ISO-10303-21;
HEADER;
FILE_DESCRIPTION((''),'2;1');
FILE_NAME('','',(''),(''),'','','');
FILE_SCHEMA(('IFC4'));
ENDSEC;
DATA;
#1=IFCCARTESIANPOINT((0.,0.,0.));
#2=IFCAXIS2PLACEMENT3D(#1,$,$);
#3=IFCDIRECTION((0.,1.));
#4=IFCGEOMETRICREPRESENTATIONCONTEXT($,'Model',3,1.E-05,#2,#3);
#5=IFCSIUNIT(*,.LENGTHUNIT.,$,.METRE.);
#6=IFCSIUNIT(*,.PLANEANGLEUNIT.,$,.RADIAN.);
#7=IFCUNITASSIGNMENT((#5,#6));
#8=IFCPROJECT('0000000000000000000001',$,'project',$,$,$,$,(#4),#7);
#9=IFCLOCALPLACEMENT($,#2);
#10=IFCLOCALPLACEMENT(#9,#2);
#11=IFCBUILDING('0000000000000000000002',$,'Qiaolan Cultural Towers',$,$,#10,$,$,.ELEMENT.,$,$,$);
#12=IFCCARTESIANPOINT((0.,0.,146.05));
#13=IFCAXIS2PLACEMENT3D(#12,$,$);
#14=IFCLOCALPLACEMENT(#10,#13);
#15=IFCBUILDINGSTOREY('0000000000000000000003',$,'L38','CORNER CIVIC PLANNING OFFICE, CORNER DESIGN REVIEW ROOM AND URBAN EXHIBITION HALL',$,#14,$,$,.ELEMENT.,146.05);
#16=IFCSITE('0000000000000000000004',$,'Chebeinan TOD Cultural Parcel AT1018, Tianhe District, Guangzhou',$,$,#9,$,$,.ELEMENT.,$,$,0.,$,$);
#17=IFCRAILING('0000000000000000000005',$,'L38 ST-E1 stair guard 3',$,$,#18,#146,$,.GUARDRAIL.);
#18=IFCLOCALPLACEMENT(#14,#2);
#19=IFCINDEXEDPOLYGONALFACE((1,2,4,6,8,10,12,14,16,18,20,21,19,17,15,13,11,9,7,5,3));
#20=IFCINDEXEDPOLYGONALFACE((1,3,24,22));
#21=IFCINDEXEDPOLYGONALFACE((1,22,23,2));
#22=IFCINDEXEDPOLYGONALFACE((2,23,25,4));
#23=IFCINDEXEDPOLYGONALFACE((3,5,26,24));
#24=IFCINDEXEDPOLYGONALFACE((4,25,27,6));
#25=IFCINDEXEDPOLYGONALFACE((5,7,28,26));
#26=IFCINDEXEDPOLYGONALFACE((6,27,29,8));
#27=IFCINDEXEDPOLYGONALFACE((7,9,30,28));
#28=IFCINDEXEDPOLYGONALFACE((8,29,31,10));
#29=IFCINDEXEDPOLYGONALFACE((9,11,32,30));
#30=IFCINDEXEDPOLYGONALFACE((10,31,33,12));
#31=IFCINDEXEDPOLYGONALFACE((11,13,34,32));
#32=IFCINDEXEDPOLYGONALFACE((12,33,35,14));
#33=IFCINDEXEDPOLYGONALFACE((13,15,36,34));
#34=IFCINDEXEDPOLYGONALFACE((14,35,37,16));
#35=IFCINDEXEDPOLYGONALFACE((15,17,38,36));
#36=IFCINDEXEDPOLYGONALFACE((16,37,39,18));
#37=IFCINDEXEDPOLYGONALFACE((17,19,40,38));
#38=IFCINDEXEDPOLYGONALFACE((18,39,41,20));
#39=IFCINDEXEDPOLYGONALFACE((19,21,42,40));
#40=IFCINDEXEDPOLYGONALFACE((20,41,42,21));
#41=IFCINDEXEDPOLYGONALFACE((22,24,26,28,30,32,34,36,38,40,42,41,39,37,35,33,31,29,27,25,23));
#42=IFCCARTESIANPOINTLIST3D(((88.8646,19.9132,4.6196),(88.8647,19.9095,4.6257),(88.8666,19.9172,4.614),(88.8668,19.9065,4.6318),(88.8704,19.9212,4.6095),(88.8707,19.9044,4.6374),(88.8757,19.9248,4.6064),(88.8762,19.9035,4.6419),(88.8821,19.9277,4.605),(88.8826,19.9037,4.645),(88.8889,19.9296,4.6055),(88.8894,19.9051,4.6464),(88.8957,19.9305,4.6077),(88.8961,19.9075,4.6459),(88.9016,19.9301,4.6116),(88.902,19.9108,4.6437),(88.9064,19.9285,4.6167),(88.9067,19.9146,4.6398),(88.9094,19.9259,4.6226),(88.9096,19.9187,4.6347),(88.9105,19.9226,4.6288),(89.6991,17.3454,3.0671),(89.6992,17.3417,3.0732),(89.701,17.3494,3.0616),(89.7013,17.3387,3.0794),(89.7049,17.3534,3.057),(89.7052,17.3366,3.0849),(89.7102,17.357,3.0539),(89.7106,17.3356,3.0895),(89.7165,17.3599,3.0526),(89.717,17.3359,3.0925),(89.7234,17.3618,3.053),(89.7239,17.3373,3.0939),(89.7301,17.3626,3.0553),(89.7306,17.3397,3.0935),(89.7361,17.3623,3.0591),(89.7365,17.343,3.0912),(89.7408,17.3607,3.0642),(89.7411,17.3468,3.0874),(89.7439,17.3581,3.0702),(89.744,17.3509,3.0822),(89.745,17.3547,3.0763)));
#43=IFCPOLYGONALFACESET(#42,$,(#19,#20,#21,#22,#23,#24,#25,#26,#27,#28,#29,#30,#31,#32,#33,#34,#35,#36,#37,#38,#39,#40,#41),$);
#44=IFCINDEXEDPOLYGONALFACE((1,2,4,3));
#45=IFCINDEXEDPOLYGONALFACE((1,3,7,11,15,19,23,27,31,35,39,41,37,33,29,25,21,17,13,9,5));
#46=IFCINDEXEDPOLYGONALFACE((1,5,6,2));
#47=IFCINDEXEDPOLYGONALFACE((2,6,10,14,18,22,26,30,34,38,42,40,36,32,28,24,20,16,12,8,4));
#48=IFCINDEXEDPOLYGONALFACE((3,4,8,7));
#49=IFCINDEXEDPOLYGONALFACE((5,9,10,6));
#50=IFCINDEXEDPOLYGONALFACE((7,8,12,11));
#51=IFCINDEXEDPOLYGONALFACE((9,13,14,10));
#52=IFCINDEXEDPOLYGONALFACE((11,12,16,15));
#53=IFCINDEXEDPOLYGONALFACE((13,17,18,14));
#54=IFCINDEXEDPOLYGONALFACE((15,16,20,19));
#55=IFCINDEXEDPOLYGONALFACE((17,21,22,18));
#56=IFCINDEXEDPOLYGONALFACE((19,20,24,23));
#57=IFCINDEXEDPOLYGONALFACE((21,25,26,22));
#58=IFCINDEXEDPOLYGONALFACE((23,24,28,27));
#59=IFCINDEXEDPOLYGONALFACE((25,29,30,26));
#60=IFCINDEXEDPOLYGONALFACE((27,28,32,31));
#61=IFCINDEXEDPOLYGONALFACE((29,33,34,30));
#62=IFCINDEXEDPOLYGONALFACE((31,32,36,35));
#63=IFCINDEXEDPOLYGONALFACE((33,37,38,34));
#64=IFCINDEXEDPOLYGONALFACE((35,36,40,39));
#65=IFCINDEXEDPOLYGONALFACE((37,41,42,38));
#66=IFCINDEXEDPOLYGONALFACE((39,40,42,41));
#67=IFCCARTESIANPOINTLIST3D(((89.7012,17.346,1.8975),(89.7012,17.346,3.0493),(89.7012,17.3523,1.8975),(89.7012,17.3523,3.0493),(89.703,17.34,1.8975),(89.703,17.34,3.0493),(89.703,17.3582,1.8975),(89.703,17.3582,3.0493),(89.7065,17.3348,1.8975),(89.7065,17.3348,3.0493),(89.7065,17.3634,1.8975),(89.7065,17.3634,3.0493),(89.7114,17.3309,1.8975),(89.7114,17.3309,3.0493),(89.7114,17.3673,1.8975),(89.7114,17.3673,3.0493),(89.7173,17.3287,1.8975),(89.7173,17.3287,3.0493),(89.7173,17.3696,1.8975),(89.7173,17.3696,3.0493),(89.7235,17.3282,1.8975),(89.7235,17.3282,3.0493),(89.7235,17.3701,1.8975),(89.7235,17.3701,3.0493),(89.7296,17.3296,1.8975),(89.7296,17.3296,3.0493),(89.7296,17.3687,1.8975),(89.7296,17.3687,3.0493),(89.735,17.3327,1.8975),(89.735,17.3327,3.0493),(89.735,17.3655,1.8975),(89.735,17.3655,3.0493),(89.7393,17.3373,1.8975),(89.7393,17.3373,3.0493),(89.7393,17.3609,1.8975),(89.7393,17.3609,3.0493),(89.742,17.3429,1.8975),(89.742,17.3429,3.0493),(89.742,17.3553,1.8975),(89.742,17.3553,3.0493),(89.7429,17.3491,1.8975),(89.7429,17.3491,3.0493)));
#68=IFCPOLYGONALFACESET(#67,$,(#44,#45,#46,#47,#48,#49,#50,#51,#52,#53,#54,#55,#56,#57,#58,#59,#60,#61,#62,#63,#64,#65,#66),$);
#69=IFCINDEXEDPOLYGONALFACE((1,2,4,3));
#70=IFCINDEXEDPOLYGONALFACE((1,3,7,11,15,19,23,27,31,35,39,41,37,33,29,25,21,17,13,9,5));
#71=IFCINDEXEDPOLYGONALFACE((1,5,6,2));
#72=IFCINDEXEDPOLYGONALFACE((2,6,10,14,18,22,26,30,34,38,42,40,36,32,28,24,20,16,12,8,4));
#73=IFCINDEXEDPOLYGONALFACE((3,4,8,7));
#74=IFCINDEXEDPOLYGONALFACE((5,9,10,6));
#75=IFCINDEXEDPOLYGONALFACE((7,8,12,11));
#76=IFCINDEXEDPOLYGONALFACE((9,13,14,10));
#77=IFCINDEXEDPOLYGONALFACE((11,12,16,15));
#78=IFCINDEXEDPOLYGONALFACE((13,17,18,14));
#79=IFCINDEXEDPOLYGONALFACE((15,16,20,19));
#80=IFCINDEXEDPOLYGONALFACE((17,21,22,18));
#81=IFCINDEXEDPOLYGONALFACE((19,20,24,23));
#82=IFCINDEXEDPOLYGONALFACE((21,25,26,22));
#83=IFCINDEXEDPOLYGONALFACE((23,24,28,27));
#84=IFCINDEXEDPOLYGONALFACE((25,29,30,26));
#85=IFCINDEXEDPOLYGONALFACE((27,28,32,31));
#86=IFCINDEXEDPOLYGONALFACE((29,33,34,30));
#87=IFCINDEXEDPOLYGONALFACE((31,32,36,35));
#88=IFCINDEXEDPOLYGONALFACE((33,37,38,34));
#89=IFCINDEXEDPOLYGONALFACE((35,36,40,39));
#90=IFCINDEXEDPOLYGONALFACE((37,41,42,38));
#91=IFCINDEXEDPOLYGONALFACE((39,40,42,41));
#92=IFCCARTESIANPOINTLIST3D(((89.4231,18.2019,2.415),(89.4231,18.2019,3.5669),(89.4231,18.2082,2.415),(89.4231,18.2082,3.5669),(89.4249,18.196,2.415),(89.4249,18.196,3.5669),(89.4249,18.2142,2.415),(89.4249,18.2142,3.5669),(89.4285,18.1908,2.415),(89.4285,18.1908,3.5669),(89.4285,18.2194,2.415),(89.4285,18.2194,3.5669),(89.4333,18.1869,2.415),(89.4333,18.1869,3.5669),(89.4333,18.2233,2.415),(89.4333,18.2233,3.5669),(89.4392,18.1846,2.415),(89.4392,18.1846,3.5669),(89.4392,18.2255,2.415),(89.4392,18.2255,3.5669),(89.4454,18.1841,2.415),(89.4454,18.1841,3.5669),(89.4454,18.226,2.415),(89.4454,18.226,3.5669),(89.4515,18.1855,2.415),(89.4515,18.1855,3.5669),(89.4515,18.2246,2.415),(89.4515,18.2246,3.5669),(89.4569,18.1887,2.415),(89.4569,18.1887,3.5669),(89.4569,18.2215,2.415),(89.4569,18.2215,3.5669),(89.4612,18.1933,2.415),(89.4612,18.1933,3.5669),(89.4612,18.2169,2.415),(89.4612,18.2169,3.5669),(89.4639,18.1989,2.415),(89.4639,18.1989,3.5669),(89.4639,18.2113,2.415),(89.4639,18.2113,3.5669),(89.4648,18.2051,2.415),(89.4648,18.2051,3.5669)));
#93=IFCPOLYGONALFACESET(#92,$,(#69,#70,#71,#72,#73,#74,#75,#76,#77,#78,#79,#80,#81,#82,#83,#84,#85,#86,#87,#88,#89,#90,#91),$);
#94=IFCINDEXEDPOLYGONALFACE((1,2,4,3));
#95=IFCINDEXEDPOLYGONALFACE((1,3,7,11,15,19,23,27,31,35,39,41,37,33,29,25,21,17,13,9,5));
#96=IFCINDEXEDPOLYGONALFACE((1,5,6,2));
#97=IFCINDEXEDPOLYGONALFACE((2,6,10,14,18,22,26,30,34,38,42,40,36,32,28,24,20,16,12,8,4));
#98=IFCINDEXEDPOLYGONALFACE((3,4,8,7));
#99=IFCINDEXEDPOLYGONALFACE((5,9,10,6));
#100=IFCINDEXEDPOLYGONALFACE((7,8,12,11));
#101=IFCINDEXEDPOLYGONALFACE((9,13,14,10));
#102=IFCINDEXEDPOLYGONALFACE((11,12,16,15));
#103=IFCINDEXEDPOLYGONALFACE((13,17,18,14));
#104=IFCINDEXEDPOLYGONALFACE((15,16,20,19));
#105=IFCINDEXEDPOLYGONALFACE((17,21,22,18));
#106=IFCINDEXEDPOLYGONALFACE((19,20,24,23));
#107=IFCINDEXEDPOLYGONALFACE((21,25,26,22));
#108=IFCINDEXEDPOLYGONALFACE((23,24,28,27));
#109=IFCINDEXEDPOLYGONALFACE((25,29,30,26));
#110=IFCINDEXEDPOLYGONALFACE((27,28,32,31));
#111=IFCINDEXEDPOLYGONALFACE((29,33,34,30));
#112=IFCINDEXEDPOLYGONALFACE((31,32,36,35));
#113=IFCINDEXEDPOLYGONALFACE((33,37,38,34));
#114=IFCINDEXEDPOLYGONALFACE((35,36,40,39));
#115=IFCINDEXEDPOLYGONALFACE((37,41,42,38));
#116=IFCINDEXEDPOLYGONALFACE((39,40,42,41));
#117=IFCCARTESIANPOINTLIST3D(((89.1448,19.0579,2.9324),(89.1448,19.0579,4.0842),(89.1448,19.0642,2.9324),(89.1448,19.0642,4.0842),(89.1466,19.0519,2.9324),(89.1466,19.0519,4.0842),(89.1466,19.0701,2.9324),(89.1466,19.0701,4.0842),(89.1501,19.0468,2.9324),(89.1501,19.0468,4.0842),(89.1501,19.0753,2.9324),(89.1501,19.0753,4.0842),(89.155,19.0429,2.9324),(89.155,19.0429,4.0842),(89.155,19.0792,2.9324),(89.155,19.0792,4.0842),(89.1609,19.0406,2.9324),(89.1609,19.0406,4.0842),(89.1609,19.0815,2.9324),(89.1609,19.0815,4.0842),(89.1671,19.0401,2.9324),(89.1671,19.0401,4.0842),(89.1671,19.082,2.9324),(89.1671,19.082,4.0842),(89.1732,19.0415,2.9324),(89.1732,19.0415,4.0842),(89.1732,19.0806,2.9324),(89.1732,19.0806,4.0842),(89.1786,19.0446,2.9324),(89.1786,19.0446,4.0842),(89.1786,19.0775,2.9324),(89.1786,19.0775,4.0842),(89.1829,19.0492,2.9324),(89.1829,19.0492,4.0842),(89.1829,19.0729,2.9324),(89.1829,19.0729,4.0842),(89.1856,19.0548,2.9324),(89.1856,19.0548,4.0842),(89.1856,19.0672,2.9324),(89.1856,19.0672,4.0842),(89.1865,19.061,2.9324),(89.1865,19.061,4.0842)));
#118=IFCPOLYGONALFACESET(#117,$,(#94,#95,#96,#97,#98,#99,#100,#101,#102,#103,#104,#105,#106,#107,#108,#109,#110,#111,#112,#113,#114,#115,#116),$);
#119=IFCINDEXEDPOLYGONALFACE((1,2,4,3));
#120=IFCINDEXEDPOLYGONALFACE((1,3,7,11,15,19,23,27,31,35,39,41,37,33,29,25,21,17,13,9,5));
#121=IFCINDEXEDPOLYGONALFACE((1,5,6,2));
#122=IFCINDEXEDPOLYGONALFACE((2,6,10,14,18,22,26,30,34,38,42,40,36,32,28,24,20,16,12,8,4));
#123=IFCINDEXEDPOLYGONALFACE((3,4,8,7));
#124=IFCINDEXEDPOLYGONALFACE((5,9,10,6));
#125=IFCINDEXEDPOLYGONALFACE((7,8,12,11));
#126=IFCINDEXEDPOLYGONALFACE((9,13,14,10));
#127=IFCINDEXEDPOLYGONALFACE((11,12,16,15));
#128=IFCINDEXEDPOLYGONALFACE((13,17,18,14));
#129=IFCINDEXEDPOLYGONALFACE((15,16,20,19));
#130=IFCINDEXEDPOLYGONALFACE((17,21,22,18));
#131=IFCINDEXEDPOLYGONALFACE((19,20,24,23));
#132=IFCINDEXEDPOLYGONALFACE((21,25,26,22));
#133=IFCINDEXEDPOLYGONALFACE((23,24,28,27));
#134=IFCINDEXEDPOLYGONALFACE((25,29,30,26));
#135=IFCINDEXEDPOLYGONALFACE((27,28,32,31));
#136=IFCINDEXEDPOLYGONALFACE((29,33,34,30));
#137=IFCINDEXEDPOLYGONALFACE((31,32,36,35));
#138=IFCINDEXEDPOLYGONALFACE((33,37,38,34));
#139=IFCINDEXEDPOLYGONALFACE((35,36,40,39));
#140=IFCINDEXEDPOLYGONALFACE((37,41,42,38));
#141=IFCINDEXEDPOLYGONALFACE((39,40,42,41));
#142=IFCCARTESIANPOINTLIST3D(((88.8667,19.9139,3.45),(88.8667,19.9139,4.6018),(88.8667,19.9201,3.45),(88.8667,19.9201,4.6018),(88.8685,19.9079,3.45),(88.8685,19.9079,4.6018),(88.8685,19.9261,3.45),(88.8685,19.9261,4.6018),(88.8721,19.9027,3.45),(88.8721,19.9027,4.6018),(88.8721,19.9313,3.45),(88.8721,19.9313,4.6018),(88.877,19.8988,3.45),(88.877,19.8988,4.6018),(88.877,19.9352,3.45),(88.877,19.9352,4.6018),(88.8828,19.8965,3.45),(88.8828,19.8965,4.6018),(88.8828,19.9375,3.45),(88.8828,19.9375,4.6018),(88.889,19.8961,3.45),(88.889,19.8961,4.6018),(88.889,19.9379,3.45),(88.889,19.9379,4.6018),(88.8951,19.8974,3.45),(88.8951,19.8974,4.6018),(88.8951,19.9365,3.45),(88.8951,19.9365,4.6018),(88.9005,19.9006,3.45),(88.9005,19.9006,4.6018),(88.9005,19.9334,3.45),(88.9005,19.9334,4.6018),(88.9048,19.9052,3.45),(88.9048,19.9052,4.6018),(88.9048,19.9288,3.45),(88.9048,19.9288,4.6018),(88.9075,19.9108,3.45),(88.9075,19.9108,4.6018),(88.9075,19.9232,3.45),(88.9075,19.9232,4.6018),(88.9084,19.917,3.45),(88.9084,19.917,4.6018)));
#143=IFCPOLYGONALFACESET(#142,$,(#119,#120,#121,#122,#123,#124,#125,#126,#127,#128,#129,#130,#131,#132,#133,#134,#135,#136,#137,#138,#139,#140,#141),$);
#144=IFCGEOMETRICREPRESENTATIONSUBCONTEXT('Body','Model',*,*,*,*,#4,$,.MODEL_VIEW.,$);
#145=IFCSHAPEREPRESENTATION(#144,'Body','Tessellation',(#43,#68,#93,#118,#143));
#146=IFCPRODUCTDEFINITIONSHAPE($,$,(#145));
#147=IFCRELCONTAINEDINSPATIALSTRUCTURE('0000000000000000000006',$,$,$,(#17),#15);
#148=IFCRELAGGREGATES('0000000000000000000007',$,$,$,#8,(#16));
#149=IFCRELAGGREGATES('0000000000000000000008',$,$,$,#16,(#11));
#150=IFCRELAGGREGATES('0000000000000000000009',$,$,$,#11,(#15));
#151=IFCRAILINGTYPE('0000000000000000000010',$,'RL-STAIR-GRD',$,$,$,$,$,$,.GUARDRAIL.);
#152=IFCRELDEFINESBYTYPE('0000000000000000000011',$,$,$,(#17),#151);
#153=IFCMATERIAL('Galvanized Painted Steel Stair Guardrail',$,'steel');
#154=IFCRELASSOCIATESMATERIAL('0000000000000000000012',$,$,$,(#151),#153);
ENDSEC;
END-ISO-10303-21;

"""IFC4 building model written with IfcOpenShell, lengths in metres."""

from ifc_helpers import new_model, si_unit, direction, frame, origin, origin_2d, place, context, subcontext, project, spatial, circle, extrude, material, type_object, element, save


model = new_model("IFC4")

# Units and contexts
model_context = context("Model", 3, precision=1e-05, world=origin(), true_north=direction((0.0, 1.0)))
body_context = subcontext(model_context, "Body", "Model", "MODEL_VIEW")
ifc_project = project(units=[si_unit("LENGTHUNIT", "METRE"), si_unit("PLANEANGLEUNIT", "RADIAN")], contexts=[model_context])

# Site, building, storey
site_placement = place(None, origin())
site = spatial("IfcSite", under=ifc_project, at=site_placement, Name="Chebeinan TOD Cultural Parcel AT1018, Tianhe District, Guangzhou", CompositionType="ELEMENT", RefElevation=0.0)
building_placement = place(site_placement, origin())
building = spatial("IfcBuilding", under=site, at=building_placement, Name="Qiaolan Cultural Towers", CompositionType="ELEMENT")
storey_placement = place(building_placement, frame((0.0, 0.0, 146.05)))
storey = spatial("IfcBuildingStorey", under=building, at=storey_placement, Name="L38", Description="CORNER CIVIC PLANNING OFFICE, CORNER DESIGN REVIEW ROOM AND URBAN EXHIBITION HALL", CompositionType="ELEMENT", Elevation=146.05)

# Railing
ifc_material_1 = material(Name="Galvanized Painted Steel Stair Guardrail", Category="steel")
railing_type_1 = type_object("IfcRailingType", Name="RL-STAIR-GRD", PredefinedType="GUARDRAIL", material=ifc_material_1)
railing_1_placement = place(storey_placement, frame((89.7219, 17.3491, 1.8975)))
element("IfcRailing", 1, at=railing_1_placement, inside=storey, type_object=railing_type_1, Name="L38 ST-E1 stair guard 3", PredefinedType="GUARDRAIL", context=body_context, shape_type="SweptSolid", body=[
    extrude(circle(Radius=0.0239, at=origin_2d()), frame((0.0, 0.0, 1.1758), z_axis=(-0.267926, 0.824471, 0.498461), x_axis=(-0.951043, -0.309057, 0.0)), (0.0, 0.0, 1.0), 3.1145),
    extrude(circle(Radius=0.021, at=origin_2d()), origin(), (0.0, 0.0, 1.0), 1.1519),
    extrude(circle(Radius=0.021, at=origin_2d()), frame((-0.2781, 0.856, 0.5176)), (0.0, 0.0, 1.0), 1.1519),
    extrude(circle(Radius=0.021, at=origin_2d()), frame((-0.5564, 1.7119, 1.0349)), (0.0, 0.0, 1.0), 1.1519),
    extrude(circle(Radius=0.021, at=origin_2d()), frame((-0.8345, 2.5679, 1.5525)), (0.0, 0.0, 1.0), 1.1519),
])

save(model, "model.ifc")
